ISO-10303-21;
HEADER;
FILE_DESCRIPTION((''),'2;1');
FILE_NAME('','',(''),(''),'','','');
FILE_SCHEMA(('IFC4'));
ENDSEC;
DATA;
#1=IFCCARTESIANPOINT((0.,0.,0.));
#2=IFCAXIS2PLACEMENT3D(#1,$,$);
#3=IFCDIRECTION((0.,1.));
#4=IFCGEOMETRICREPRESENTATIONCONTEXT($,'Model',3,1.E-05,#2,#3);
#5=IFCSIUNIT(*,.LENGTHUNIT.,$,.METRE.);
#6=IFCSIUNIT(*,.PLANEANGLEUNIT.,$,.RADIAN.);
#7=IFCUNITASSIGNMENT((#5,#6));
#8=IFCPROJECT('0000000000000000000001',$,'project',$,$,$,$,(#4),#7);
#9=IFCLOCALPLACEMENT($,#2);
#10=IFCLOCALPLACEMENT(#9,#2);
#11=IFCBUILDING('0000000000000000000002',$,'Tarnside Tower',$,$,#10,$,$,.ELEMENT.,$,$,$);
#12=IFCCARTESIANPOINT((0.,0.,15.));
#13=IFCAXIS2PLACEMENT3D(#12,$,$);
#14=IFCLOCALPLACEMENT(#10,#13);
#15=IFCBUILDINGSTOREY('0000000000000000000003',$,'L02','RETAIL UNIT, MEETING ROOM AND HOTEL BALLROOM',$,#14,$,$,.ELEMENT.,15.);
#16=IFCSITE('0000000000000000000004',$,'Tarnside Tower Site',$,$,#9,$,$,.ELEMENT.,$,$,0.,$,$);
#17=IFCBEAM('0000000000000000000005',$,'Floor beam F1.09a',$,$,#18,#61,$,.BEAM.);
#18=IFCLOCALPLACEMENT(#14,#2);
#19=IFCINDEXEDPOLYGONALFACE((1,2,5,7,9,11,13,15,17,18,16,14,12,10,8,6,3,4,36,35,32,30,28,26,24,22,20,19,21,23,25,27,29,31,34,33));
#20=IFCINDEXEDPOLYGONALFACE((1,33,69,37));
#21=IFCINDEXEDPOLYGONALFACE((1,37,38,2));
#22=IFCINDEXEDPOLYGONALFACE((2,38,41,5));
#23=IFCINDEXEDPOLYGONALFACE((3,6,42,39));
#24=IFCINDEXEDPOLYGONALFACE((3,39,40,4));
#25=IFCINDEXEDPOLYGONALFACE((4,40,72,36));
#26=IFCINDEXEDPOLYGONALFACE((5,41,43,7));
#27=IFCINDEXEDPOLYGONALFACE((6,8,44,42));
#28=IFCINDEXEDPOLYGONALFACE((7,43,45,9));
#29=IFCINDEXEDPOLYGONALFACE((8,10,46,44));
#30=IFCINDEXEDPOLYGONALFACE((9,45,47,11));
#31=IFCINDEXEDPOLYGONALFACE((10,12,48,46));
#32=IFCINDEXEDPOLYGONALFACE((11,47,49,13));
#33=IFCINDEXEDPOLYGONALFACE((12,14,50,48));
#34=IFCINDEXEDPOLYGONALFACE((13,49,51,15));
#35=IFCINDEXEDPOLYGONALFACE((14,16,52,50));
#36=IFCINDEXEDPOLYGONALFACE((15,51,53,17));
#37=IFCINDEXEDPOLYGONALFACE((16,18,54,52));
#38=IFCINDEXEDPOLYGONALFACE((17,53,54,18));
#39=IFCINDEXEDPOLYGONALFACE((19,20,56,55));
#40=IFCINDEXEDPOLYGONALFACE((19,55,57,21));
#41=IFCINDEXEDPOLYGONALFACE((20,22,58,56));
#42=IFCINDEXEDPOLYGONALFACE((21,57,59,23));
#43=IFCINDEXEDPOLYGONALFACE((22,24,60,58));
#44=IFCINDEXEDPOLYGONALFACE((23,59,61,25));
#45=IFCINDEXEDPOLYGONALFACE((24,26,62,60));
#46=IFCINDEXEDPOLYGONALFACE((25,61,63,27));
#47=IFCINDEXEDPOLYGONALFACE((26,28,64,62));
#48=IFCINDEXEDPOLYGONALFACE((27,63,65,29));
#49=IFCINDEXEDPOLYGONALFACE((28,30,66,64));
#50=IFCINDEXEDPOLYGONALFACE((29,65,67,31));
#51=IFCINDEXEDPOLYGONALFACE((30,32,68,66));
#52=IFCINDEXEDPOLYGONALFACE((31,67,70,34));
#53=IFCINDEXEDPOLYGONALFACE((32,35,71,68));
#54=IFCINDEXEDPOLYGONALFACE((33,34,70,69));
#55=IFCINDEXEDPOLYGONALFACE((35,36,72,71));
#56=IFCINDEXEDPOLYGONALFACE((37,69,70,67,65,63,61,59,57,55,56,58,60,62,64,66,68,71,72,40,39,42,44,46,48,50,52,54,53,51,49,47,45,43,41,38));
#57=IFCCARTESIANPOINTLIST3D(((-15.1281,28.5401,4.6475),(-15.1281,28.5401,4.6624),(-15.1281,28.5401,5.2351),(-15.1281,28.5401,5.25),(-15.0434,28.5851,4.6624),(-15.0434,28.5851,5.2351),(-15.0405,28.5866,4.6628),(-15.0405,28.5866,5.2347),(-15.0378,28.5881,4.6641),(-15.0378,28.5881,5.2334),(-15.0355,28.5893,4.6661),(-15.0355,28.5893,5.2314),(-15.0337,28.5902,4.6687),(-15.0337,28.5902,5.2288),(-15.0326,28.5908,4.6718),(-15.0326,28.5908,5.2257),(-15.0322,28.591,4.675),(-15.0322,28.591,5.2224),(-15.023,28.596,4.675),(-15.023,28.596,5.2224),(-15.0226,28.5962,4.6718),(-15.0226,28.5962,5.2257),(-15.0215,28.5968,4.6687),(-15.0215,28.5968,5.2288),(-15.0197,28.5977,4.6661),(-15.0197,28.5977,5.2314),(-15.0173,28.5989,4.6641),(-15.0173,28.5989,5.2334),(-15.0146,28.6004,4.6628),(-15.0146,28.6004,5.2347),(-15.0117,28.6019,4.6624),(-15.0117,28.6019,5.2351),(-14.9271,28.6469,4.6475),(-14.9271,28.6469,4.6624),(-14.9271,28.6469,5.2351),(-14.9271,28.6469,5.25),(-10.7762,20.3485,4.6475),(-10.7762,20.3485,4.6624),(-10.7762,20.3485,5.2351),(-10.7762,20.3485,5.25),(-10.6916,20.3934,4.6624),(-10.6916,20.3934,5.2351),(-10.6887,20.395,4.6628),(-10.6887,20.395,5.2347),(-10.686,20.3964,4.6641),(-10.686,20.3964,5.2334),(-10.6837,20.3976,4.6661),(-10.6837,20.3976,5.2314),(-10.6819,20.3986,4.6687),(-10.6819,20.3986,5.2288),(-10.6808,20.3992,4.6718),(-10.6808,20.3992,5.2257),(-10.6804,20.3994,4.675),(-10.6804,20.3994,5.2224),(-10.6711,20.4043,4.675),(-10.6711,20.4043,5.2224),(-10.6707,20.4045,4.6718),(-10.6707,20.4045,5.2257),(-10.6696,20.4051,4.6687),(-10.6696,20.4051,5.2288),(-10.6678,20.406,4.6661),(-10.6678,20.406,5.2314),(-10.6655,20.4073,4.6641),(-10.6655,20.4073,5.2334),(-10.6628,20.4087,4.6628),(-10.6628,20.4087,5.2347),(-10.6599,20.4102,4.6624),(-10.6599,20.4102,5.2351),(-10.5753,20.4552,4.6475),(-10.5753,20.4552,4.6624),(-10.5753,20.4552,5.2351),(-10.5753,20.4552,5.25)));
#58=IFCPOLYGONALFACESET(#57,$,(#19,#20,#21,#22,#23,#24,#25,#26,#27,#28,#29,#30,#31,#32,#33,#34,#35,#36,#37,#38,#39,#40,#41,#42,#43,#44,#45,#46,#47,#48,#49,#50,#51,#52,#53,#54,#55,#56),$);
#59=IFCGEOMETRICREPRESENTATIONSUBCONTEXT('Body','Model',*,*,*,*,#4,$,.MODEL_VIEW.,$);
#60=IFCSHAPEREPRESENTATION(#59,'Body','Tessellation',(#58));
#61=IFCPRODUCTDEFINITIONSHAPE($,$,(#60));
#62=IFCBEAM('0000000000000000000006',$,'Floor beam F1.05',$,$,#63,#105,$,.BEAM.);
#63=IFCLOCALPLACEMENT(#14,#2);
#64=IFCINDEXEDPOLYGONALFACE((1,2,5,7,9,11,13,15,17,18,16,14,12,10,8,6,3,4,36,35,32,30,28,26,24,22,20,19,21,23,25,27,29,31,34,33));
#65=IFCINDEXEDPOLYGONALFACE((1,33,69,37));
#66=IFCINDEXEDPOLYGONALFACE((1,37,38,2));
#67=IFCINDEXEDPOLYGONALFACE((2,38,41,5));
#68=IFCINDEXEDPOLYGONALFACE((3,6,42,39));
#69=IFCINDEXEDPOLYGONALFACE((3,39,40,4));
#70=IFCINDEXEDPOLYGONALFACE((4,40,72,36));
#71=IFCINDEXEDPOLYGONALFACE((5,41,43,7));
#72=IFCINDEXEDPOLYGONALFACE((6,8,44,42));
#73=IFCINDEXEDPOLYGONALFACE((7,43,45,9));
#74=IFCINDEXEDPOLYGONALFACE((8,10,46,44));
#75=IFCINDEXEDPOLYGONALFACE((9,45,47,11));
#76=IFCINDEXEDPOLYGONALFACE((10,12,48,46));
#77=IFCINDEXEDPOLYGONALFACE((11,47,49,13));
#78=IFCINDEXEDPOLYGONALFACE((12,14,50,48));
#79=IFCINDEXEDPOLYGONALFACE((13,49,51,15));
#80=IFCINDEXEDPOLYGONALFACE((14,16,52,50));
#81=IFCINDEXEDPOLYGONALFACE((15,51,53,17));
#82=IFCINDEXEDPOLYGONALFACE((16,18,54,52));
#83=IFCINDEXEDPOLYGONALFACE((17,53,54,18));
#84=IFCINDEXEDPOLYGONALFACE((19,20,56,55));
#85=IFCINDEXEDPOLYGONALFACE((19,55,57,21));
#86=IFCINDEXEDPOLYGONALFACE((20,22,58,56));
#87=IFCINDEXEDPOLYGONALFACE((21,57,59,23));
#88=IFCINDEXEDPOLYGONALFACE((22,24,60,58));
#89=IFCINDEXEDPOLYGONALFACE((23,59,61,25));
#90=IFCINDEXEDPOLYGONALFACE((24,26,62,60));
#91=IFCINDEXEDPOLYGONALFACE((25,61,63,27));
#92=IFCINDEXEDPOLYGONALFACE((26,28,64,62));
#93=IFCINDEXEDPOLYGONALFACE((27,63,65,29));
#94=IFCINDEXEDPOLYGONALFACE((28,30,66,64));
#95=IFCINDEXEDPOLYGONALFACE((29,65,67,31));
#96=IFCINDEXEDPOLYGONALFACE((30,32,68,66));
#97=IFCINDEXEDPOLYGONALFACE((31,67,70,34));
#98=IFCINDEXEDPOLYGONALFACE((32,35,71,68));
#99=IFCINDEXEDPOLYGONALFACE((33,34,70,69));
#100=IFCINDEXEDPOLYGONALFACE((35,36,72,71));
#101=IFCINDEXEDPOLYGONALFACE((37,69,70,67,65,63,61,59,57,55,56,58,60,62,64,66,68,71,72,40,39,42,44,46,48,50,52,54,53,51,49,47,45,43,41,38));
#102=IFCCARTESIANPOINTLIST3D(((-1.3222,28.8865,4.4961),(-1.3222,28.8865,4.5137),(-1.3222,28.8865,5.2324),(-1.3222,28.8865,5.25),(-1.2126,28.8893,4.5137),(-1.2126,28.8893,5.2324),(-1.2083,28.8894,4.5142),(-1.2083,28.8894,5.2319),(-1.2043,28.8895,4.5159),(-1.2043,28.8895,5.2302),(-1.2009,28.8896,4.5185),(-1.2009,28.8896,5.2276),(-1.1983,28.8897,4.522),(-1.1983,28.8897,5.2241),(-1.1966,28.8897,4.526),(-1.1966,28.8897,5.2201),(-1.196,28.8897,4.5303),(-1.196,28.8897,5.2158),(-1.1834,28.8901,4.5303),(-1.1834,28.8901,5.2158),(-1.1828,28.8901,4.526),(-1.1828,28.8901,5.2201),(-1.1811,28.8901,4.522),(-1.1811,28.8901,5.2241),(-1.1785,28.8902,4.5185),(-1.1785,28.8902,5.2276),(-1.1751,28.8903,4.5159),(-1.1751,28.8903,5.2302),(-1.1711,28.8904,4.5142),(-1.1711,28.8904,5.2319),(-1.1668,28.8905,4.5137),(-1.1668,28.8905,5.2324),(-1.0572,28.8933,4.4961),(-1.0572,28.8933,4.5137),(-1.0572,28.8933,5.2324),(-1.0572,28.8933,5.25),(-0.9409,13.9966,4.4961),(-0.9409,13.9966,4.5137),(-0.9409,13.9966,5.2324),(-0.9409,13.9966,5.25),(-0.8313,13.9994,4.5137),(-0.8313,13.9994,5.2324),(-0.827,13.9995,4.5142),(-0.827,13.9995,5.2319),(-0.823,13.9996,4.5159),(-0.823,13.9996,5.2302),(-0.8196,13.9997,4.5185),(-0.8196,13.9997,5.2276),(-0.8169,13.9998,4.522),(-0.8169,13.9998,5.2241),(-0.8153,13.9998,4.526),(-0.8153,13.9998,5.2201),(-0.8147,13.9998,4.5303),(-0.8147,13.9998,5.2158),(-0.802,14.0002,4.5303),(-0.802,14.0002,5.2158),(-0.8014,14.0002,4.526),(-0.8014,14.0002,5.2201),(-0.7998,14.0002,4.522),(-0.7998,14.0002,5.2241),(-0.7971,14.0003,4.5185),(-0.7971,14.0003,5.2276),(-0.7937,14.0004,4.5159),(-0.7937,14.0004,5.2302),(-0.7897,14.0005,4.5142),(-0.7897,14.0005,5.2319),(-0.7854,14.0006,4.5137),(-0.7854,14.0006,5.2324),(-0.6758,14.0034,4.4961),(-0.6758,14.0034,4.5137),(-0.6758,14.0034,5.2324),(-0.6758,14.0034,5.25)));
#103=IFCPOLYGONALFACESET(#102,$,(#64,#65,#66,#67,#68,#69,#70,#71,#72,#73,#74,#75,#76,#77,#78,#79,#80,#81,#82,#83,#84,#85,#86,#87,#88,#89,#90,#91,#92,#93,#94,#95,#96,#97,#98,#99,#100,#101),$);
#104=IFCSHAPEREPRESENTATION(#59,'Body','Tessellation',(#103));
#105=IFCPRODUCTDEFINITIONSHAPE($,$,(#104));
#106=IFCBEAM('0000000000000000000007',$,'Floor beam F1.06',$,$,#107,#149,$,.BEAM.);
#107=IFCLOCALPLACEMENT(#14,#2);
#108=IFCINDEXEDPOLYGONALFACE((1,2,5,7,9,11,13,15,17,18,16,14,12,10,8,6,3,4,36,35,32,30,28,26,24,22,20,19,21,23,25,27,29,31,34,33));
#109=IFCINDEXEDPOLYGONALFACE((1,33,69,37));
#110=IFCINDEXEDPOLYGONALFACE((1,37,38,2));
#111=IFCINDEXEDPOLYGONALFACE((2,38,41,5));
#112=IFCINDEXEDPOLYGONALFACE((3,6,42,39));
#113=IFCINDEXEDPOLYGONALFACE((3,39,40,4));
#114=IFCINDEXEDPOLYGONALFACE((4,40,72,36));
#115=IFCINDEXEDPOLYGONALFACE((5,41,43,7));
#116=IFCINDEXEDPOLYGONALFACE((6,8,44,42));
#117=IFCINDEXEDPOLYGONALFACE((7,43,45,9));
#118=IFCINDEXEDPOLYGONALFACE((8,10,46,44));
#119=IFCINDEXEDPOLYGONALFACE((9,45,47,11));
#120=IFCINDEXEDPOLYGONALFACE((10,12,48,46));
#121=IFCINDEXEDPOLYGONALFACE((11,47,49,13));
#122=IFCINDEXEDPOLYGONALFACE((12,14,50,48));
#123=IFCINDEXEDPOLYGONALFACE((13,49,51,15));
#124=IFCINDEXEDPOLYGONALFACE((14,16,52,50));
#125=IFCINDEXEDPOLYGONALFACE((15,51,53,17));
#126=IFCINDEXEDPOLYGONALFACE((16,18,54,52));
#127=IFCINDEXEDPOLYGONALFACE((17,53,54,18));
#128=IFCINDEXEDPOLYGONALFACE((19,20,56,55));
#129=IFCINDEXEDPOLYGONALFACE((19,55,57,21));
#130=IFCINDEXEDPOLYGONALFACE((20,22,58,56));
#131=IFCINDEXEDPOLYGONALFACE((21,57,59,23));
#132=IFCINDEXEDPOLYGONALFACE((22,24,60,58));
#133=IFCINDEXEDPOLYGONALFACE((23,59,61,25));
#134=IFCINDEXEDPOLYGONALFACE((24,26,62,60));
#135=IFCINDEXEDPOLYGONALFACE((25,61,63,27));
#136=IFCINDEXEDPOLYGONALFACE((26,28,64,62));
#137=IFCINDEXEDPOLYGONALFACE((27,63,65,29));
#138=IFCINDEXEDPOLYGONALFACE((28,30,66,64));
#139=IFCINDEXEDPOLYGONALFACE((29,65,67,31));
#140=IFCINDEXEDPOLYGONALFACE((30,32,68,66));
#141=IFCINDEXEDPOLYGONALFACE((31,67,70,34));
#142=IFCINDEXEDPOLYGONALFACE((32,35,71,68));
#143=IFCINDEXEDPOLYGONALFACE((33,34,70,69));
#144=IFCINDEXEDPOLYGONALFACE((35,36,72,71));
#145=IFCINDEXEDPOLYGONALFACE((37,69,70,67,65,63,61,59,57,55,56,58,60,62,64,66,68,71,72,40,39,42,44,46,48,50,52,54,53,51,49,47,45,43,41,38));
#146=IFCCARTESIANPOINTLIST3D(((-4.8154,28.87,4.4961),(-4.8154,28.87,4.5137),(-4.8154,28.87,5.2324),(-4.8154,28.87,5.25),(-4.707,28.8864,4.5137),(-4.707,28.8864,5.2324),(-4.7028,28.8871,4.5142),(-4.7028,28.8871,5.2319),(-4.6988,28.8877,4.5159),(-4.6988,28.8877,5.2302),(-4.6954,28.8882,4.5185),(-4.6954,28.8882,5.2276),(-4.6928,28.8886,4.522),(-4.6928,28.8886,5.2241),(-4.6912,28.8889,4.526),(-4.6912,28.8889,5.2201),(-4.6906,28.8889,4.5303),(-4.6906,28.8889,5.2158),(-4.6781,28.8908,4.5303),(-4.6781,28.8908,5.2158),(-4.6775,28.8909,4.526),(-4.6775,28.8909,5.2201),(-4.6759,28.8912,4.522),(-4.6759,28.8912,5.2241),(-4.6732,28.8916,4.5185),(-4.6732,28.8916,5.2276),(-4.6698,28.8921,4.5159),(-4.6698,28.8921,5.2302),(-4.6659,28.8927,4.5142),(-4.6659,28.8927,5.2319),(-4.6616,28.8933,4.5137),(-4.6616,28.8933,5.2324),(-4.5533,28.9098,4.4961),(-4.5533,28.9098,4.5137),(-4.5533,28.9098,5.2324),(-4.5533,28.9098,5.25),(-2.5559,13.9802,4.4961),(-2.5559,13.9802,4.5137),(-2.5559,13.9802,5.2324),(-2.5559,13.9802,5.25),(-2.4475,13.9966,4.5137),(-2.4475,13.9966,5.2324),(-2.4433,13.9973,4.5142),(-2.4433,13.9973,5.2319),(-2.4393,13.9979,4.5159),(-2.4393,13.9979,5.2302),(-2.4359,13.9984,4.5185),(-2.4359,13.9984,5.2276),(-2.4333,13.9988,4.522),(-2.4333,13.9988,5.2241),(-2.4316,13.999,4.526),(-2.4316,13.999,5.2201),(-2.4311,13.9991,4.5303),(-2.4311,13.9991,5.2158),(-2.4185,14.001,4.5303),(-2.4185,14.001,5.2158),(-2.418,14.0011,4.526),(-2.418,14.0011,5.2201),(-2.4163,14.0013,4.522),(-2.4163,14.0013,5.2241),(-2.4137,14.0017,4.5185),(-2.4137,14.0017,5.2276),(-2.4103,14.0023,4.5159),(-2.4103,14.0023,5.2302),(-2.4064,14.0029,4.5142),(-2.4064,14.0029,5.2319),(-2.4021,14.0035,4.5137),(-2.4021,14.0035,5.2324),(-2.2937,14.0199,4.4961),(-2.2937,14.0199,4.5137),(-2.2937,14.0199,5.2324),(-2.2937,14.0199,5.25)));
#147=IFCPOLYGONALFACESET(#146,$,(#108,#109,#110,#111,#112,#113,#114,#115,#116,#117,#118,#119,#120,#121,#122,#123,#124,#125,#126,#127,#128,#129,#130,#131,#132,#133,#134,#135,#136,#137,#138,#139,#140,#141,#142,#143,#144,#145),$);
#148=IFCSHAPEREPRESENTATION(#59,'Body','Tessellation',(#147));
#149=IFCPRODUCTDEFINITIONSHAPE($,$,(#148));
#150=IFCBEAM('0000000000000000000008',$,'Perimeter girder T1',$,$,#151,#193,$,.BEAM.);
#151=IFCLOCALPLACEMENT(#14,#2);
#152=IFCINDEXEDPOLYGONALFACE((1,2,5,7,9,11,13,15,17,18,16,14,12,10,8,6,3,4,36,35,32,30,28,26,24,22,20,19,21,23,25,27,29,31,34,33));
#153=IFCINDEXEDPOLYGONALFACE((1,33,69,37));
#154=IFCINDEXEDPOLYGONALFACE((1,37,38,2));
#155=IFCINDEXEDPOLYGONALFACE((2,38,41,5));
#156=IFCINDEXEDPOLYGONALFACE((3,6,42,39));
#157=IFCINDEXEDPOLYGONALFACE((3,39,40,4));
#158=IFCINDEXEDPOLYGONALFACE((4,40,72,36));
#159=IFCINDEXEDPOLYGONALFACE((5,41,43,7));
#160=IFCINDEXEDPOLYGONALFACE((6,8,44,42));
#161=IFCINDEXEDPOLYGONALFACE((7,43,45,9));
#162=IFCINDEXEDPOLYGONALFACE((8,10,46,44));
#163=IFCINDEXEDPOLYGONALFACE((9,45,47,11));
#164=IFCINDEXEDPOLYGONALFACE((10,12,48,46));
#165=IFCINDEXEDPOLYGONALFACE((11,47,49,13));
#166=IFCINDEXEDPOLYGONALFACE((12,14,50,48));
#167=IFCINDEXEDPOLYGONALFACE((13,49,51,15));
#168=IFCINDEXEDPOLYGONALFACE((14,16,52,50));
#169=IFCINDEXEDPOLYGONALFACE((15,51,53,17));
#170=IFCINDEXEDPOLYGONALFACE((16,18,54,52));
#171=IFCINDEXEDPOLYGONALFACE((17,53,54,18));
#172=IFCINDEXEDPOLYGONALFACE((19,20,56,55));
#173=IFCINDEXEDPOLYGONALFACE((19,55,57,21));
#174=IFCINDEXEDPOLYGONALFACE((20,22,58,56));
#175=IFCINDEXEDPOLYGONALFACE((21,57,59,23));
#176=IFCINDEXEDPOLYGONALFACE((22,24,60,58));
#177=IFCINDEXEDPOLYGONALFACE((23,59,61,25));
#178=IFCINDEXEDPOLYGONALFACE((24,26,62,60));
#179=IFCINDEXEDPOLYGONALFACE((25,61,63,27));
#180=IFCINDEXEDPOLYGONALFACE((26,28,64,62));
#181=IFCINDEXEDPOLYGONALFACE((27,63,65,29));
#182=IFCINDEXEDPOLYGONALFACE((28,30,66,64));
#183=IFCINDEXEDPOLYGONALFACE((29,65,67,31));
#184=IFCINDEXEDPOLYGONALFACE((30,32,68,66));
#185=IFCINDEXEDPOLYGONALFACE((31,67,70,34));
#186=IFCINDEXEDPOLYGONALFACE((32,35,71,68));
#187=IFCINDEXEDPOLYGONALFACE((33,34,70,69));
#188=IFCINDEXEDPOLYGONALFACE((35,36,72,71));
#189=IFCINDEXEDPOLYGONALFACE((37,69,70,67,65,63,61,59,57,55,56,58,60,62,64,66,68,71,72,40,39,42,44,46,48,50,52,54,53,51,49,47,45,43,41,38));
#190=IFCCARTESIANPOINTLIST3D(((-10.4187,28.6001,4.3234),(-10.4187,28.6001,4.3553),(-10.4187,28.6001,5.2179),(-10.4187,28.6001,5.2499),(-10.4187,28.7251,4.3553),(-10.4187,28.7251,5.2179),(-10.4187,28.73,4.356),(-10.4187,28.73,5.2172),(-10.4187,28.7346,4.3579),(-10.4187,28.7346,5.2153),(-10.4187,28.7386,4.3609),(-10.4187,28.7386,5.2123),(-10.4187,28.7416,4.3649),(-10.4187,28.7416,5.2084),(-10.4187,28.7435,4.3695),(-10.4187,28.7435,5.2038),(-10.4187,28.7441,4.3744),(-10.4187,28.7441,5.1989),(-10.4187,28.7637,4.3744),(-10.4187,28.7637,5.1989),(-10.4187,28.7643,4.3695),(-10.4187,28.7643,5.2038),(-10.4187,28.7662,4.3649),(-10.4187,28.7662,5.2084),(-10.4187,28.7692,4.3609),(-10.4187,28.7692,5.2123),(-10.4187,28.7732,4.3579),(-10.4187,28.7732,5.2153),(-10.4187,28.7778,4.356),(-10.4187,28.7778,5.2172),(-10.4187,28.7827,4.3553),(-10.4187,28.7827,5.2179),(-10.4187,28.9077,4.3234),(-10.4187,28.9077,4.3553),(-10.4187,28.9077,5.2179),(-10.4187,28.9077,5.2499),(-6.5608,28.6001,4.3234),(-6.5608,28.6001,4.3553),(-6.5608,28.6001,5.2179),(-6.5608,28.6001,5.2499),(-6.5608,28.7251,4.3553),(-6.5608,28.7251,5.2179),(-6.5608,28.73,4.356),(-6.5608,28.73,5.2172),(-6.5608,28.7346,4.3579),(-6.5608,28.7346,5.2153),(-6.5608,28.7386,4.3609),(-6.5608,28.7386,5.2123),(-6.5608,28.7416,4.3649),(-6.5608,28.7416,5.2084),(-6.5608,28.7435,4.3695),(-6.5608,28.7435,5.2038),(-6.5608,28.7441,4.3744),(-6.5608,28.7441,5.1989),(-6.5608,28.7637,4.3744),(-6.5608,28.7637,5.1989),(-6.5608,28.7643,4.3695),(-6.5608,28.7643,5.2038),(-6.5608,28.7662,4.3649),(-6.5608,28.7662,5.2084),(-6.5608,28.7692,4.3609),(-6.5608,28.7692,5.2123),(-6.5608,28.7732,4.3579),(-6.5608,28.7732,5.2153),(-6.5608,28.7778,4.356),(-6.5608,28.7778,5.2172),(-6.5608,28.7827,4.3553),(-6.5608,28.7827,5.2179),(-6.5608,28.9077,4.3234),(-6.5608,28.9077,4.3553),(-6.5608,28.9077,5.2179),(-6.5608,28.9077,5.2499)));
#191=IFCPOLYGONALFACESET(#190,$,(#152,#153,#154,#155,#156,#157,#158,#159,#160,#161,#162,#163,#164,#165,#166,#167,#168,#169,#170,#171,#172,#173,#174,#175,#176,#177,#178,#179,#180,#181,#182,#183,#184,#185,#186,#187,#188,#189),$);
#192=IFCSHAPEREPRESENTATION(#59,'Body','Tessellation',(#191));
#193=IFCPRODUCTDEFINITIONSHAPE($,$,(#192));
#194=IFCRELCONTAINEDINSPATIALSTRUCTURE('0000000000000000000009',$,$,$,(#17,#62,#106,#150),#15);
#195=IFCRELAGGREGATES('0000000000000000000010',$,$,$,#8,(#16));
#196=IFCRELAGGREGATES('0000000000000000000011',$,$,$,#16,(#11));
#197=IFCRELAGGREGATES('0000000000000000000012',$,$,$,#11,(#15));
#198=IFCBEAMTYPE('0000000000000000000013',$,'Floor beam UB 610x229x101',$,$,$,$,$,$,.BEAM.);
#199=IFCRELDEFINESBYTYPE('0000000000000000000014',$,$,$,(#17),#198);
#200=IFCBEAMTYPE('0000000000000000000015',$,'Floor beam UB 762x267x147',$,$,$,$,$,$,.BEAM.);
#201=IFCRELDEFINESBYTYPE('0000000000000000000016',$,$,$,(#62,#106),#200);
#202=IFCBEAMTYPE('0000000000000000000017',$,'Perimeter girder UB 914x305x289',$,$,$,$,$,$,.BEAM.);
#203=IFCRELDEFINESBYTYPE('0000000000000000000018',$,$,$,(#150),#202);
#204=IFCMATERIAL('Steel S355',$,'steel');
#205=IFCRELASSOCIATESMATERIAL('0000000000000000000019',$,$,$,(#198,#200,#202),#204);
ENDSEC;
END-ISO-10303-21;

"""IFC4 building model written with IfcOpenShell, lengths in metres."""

from ifc_helpers import new_model, si_unit, direction, frame, origin, origin_2d, place, context, subcontext, project, spatial, i_section, extrude, material, material_profile, profile_set, type_object, element, save


model = new_model("IFC4")

# Units and contexts
model_context = context("Model", 3, precision=1e-05, world=origin(), true_north=direction((0.0, 1.0)))
body_context = subcontext(model_context, "Body", "Model", "MODEL_VIEW")
ifc_project = project(units=[si_unit("LENGTHUNIT", "METRE"), si_unit("PLANEANGLEUNIT", "RADIAN")], contexts=[model_context])

# Site, building, storey
site_placement = place(None, origin())
site = spatial("IfcSite", under=ifc_project, at=site_placement, Name="Tarnside Tower Site", CompositionType="ELEMENT", RefElevation=0.0)
building_placement = place(site_placement, origin())
building = spatial("IfcBuilding", under=site, at=building_placement, Name="Tarnside Tower", CompositionType="ELEMENT")
storey_placement = place(building_placement, frame((0.0, 0.0, 15.0)))
storey = spatial("IfcBuildingStorey", under=building, at=storey_placement, Name="L02", Description="RETAIL UNIT, MEETING ROOM AND HOTEL BALLROOM", CompositionType="ELEMENT", Elevation=15.0)

# Beams
ifc_material_1 = material(Name="Steel S355", Category="steel")
ifc_material_profile_1 = material_profile(ifc_material_1, i_section(OverallWidth=0.2275, OverallDepth=0.6025, WebThickness=0.0105, FlangeThickness=0.0149, FilletRadius=0.0127, at=origin_2d()), Name="UB 610x229x101")
ifc_profile_set_1 = profile_set([ifc_material_profile_1], Name="Steel S355")
beam_type_1 = type_object("IfcBeamType", Name="Floor beam UB 610x229x101", PredefinedType="BEAM", material=ifc_profile_set_1)
beam_1_placement = place(storey_placement, frame((-15.0276, 28.5935, 4.9487), z_axis=(0.469155, -0.883116, 0.0), x_axis=(0.883116, 0.469155, 0.0)))
element("IfcBeam", 1, at=beam_1_placement, inside=storey, type_object=beam_type_1, Name="Floor beam F1.09a", PredefinedType="BEAM", context=body_context, shape_type="SweptSolid", body=[
    extrude(i_section(OverallWidth=0.2275, OverallDepth=0.6025, WebThickness=0.0105, FlangeThickness=0.0149, FilletRadius=0.0127, at=origin_2d()), origin(), (0.0, 0.0, 1.0), 9.2759),
])
ifc_material_profile_2 = material_profile(ifc_material_1, i_section(OverallWidth=0.2651, OverallDepth=0.7539, WebThickness=0.0127, FlangeThickness=0.0176, FilletRadius=0.0166, at=origin_2d()), Name="UB 762x267x147")
ifc_profile_set_2 = profile_set([ifc_material_profile_2], Name="Steel S355")
beam_type_2 = type_object("IfcBeamType", Name="Floor beam UB 762x267x147", PredefinedType="BEAM", material=ifc_profile_set_2)
beam_2_placement = place(storey_placement, frame((-1.1897, 28.8899, 4.873), z_axis=(0.025603, -0.999672, 0.0), x_axis=(0.999672, 0.025603, 0.0)))
element("IfcBeam", 2, at=beam_2_placement, inside=storey, type_object=beam_type_2, Name="Floor beam F1.05", PredefinedType="BEAM", context=body_context, shape_type="SweptSolid", body=[
    extrude(i_section(OverallWidth=0.2651, OverallDepth=0.7539, WebThickness=0.0127, FlangeThickness=0.0176, FilletRadius=0.0166, at=origin_2d()), origin(), (0.0, 0.0, 1.0), 14.8948),
])
beam_3_placement = place(storey_placement, frame((-4.6843, 28.8899, 4.873), z_axis=(0.150031, -0.988681, 0.0), x_axis=(0.988681, 0.150031, 0.0)))
element("IfcBeam", 3, at=beam_3_placement, inside=storey, type_object=beam_type_2, Name="Floor beam F1.06", PredefinedType="BEAM", context=body_context, shape_type="SweptSolid", body=[
    extrude(i_section(OverallWidth=0.2651, OverallDepth=0.7539, WebThickness=0.0127, FlangeThickness=0.0176, FilletRadius=0.0166, at=origin_2d()), origin(), (0.0, 0.0, 1.0), 15.0603),
])
ifc_material_profile_3 = material_profile(ifc_material_1, i_section(OverallWidth=0.3076, OverallDepth=0.9265, WebThickness=0.0195, FlangeThickness=0.032, FilletRadius=0.019, at=origin_2d()), Name="UB 914x305x289")
ifc_profile_set_3 = profile_set([ifc_material_profile_3], Name="Steel S355")
beam_type_3 = type_object("IfcBeamType", Name="Perimeter girder UB 914x305x289", PredefinedType="BEAM", material=ifc_profile_set_3)
beam_4_placement = place(storey_placement, frame((-10.4187, 28.7539, 4.7866), z_axis=(1.0, 0.0, 0.0), x_axis=(0.0, 1.0, 0.0)))
element("IfcBeam", 4, at=beam_4_placement, inside=storey, type_object=beam_type_3, Name="Perimeter girder T1", PredefinedType="BEAM", context=body_context, shape_type="SweptSolid", body=[
    extrude(i_section(OverallWidth=0.3076, OverallDepth=0.9265, WebThickness=0.0195, FlangeThickness=0.032, FilletRadius=0.019, at=origin_2d()), origin(), (0.0, 0.0, 1.0), 3.8579),
])

save(model, "model.ifc")
